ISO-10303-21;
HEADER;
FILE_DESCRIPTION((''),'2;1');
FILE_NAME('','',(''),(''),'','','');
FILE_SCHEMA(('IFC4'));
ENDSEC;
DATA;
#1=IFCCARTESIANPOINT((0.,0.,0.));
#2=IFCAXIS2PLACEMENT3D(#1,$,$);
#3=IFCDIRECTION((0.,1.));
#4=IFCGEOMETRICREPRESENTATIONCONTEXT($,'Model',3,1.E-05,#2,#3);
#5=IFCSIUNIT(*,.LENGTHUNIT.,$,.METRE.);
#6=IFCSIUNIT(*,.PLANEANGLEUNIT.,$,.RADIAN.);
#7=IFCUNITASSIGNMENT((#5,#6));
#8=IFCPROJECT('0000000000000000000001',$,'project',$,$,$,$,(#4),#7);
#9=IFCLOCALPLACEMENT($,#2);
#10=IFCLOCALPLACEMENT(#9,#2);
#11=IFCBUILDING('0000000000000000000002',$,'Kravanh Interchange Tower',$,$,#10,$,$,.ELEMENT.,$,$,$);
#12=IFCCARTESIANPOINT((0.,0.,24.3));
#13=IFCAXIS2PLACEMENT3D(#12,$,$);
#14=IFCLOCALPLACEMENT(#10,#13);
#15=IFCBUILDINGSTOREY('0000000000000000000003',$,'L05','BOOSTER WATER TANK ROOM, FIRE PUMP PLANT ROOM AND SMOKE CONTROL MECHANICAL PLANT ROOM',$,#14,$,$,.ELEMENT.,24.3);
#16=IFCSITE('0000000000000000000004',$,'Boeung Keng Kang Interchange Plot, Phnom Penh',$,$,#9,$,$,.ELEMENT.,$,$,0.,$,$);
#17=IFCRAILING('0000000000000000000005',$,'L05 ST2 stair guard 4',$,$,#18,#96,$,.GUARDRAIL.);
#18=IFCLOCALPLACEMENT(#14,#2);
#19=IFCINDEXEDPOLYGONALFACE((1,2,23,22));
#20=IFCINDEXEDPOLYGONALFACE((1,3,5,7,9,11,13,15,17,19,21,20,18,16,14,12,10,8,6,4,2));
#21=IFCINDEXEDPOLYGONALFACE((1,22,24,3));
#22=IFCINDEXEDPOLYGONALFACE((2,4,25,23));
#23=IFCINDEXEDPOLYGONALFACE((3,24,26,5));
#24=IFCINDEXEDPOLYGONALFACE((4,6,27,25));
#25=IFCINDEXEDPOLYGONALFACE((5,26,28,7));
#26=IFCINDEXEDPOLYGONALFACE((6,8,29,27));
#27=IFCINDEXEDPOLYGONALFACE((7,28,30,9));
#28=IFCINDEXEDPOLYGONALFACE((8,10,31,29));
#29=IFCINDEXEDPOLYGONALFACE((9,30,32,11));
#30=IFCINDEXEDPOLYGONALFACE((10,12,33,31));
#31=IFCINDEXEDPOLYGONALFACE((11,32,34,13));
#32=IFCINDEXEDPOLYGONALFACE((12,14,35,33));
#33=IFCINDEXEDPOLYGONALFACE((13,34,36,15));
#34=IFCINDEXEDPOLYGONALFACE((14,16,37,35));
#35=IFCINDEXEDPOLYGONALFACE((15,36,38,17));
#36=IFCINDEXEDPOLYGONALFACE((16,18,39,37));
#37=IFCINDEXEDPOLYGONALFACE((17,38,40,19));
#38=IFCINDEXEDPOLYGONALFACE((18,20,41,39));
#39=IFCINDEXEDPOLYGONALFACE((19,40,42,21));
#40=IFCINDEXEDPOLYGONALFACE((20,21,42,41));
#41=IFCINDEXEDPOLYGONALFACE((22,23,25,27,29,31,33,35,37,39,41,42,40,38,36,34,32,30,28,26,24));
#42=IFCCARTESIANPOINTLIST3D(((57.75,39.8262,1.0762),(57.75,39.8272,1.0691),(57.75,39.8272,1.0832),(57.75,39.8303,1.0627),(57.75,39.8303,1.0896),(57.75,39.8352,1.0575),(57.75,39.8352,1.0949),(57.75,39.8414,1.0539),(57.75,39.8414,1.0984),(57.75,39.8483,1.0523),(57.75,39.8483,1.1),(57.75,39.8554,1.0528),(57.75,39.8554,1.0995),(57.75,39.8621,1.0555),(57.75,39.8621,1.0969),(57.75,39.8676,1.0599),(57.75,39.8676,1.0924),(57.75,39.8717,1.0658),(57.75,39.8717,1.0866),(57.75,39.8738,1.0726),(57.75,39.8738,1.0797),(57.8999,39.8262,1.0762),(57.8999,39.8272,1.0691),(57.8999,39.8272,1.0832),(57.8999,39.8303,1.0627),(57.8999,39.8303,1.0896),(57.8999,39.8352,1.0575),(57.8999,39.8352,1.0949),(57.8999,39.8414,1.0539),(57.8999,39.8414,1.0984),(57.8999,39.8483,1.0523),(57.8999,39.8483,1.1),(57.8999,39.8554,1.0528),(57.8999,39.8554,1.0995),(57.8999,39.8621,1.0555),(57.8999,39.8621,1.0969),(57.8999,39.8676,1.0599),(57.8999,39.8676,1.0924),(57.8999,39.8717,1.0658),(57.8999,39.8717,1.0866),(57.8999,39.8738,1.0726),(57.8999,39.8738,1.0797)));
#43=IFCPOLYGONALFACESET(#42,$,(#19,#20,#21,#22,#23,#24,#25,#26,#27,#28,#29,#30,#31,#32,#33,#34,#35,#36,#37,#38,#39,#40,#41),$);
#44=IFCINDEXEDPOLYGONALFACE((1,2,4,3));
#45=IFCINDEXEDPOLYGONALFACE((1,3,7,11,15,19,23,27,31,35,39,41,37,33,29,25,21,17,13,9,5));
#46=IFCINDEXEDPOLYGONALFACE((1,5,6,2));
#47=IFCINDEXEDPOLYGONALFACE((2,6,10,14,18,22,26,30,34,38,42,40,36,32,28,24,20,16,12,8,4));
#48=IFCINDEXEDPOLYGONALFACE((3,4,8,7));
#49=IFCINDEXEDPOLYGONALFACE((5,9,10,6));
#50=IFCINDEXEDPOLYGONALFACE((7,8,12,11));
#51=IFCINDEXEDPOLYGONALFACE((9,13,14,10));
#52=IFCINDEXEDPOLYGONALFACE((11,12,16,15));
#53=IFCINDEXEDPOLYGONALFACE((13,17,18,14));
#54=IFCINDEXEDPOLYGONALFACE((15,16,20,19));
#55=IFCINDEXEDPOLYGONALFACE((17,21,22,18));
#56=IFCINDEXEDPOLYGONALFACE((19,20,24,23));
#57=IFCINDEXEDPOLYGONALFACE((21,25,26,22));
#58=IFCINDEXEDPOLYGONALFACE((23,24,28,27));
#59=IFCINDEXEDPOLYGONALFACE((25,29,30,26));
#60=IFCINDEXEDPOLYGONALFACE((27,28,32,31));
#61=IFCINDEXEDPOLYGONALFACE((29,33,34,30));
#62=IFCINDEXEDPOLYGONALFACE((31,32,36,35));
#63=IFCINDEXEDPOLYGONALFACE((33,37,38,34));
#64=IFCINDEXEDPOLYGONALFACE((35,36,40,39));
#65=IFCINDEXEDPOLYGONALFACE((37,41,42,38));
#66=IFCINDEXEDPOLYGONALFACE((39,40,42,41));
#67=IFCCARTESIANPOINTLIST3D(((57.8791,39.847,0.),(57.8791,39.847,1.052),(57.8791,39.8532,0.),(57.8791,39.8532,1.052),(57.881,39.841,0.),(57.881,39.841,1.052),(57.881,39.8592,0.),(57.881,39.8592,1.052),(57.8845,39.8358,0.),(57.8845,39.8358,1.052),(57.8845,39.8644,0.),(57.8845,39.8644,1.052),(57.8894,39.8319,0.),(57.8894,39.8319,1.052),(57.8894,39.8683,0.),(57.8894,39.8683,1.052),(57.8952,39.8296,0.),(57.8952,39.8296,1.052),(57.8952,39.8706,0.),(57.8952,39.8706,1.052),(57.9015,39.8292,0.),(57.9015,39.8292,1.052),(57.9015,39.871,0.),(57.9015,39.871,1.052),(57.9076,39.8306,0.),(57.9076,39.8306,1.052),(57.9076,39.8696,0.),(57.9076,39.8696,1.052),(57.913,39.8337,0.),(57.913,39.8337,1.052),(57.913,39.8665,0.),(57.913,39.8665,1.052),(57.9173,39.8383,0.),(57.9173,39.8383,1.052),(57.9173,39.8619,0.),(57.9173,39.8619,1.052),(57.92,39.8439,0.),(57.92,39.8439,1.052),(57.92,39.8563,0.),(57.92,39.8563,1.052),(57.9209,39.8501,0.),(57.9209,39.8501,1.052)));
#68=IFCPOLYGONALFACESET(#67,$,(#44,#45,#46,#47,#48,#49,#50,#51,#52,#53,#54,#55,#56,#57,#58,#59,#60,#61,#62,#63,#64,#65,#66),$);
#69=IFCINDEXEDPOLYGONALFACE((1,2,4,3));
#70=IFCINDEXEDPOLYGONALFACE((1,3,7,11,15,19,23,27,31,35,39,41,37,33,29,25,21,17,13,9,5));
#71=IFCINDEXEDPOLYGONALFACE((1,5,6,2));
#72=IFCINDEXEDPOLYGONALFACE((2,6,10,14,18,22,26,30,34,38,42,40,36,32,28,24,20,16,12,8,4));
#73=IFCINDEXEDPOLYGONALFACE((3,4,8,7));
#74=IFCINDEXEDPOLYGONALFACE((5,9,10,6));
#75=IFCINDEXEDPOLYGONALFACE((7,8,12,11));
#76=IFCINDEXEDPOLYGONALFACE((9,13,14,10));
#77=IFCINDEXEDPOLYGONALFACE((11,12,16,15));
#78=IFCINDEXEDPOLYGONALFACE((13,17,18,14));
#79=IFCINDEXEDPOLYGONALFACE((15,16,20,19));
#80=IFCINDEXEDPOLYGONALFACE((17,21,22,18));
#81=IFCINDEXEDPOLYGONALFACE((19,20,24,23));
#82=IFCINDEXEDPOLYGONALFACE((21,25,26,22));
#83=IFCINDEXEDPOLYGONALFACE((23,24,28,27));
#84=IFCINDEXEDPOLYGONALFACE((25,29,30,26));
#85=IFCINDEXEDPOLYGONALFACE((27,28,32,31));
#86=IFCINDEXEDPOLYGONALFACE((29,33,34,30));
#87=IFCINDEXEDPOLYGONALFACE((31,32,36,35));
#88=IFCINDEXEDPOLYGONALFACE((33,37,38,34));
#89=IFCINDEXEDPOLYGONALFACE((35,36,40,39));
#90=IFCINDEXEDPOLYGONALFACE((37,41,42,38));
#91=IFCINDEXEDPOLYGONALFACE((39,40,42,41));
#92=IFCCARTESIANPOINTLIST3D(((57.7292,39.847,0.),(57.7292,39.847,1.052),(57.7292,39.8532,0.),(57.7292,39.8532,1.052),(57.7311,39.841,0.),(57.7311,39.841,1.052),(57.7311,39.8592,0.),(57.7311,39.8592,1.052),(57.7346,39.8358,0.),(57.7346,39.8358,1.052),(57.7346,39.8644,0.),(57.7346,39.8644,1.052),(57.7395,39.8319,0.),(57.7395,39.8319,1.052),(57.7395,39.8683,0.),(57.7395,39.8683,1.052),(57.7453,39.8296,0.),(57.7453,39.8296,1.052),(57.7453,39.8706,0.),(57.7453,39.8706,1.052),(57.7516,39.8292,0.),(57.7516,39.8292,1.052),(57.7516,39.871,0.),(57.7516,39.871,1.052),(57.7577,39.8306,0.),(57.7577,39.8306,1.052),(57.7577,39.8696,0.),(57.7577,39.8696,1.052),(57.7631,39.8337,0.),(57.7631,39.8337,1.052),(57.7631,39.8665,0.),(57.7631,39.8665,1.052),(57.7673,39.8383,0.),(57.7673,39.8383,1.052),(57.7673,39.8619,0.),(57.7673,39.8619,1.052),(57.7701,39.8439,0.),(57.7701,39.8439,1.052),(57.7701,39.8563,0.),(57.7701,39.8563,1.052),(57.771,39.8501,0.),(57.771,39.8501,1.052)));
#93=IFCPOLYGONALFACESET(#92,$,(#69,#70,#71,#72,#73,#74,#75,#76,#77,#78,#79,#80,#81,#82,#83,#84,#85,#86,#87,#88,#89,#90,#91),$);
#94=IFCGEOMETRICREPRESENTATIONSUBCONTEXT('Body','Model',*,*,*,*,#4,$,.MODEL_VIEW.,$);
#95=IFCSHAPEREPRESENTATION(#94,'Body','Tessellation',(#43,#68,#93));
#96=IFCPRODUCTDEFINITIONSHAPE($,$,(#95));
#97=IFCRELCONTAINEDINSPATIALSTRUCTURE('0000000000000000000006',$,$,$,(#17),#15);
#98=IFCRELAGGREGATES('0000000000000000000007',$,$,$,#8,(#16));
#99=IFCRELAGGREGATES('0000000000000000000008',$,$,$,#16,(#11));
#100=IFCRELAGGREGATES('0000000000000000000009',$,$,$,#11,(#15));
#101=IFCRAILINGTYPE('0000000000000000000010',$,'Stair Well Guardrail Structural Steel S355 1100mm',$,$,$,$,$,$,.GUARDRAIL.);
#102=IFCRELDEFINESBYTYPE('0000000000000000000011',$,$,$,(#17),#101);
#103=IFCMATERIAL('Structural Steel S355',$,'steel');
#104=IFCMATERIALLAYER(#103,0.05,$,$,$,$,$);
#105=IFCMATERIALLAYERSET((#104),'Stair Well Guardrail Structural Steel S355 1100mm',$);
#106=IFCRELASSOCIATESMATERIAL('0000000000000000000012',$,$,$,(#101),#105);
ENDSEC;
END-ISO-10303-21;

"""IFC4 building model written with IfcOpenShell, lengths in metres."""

from ifc_helpers import new_model, si_unit, direction, frame, origin, origin_2d, place, context, subcontext, project, spatial, circle, extrude, material, layer, layer_set, type_object, element, save


model = new_model("IFC4")

# Units and contexts
model_context = context("Model", 3, precision=1e-05, world=origin(), true_north=direction((0.0, 1.0)))
body_context = subcontext(model_context, "Body", "Model", "MODEL_VIEW")
ifc_project = project(units=[si_unit("LENGTHUNIT", "METRE"), si_unit("PLANEANGLEUNIT", "RADIAN")], contexts=[model_context])

# Site, building, storey
site_placement = place(None, origin())
site = spatial("IfcSite", under=ifc_project, at=site_placement, Name="Boeung Keng Kang Interchange Plot, Phnom Penh", CompositionType="ELEMENT", RefElevation=0.0)
building_placement = place(site_placement, origin())
building = spatial("IfcBuilding", under=site, at=building_placement, Name="Kravanh Interchange Tower", CompositionType="ELEMENT")
storey_placement = place(building_placement, frame((0.0, 0.0, 24.3)))
storey = spatial("IfcBuildingStorey", under=building, at=storey_placement, Name="L05", Description="BOOSTER WATER TANK ROOM, FIRE PUMP PLANT ROOM AND SMOKE CONTROL MECHANICAL PLANT ROOM", CompositionType="ELEMENT", Elevation=24.3)

# Railing
ifc_material_1 = material(Name="Structural Steel S355", Category="steel")
ifc_layer_1 = layer(ifc_material_1, 0.05)
ifc_layer_set_1 = layer_set([ifc_layer_1], Name="Stair Well Guardrail Structural Steel S355 1100mm")
railing_type_1 = type_object("IfcRailingType", Name="Stair Well Guardrail Structural Steel S355 1100mm", PredefinedType="GUARDRAIL", material=ifc_layer_set_1)
railing_1_placement = place(storey_placement, frame((57.8999, 39.8501, 0.0)))
element("IfcRailing", 1, at=railing_1_placement, inside=storey, type_object=railing_type_1, Name="L05 ST2 stair guard 4", PredefinedType="GUARDRAIL", context=body_context, shape_type="SweptSolid", body=[
    extrude(circle(Radius=0.0239, at=origin_2d()), frame((0.0, 0.0, 1.0762), z_axis=(-1.0, 0.0, 0.0), x_axis=(0.0, -1.0, 0.0)), (0.0, 0.0, 1.0), 0.1499),
    extrude(circle(Radius=0.021, at=origin_2d()), origin(), (0.0, 0.0, 1.0), 1.052),
    extrude(circle(Radius=0.021, at=origin_2d()), frame((-0.1499, 0.0, 0.0)), (0.0, 0.0, 1.0), 1.052),
])

save(model, "model.ifc")
